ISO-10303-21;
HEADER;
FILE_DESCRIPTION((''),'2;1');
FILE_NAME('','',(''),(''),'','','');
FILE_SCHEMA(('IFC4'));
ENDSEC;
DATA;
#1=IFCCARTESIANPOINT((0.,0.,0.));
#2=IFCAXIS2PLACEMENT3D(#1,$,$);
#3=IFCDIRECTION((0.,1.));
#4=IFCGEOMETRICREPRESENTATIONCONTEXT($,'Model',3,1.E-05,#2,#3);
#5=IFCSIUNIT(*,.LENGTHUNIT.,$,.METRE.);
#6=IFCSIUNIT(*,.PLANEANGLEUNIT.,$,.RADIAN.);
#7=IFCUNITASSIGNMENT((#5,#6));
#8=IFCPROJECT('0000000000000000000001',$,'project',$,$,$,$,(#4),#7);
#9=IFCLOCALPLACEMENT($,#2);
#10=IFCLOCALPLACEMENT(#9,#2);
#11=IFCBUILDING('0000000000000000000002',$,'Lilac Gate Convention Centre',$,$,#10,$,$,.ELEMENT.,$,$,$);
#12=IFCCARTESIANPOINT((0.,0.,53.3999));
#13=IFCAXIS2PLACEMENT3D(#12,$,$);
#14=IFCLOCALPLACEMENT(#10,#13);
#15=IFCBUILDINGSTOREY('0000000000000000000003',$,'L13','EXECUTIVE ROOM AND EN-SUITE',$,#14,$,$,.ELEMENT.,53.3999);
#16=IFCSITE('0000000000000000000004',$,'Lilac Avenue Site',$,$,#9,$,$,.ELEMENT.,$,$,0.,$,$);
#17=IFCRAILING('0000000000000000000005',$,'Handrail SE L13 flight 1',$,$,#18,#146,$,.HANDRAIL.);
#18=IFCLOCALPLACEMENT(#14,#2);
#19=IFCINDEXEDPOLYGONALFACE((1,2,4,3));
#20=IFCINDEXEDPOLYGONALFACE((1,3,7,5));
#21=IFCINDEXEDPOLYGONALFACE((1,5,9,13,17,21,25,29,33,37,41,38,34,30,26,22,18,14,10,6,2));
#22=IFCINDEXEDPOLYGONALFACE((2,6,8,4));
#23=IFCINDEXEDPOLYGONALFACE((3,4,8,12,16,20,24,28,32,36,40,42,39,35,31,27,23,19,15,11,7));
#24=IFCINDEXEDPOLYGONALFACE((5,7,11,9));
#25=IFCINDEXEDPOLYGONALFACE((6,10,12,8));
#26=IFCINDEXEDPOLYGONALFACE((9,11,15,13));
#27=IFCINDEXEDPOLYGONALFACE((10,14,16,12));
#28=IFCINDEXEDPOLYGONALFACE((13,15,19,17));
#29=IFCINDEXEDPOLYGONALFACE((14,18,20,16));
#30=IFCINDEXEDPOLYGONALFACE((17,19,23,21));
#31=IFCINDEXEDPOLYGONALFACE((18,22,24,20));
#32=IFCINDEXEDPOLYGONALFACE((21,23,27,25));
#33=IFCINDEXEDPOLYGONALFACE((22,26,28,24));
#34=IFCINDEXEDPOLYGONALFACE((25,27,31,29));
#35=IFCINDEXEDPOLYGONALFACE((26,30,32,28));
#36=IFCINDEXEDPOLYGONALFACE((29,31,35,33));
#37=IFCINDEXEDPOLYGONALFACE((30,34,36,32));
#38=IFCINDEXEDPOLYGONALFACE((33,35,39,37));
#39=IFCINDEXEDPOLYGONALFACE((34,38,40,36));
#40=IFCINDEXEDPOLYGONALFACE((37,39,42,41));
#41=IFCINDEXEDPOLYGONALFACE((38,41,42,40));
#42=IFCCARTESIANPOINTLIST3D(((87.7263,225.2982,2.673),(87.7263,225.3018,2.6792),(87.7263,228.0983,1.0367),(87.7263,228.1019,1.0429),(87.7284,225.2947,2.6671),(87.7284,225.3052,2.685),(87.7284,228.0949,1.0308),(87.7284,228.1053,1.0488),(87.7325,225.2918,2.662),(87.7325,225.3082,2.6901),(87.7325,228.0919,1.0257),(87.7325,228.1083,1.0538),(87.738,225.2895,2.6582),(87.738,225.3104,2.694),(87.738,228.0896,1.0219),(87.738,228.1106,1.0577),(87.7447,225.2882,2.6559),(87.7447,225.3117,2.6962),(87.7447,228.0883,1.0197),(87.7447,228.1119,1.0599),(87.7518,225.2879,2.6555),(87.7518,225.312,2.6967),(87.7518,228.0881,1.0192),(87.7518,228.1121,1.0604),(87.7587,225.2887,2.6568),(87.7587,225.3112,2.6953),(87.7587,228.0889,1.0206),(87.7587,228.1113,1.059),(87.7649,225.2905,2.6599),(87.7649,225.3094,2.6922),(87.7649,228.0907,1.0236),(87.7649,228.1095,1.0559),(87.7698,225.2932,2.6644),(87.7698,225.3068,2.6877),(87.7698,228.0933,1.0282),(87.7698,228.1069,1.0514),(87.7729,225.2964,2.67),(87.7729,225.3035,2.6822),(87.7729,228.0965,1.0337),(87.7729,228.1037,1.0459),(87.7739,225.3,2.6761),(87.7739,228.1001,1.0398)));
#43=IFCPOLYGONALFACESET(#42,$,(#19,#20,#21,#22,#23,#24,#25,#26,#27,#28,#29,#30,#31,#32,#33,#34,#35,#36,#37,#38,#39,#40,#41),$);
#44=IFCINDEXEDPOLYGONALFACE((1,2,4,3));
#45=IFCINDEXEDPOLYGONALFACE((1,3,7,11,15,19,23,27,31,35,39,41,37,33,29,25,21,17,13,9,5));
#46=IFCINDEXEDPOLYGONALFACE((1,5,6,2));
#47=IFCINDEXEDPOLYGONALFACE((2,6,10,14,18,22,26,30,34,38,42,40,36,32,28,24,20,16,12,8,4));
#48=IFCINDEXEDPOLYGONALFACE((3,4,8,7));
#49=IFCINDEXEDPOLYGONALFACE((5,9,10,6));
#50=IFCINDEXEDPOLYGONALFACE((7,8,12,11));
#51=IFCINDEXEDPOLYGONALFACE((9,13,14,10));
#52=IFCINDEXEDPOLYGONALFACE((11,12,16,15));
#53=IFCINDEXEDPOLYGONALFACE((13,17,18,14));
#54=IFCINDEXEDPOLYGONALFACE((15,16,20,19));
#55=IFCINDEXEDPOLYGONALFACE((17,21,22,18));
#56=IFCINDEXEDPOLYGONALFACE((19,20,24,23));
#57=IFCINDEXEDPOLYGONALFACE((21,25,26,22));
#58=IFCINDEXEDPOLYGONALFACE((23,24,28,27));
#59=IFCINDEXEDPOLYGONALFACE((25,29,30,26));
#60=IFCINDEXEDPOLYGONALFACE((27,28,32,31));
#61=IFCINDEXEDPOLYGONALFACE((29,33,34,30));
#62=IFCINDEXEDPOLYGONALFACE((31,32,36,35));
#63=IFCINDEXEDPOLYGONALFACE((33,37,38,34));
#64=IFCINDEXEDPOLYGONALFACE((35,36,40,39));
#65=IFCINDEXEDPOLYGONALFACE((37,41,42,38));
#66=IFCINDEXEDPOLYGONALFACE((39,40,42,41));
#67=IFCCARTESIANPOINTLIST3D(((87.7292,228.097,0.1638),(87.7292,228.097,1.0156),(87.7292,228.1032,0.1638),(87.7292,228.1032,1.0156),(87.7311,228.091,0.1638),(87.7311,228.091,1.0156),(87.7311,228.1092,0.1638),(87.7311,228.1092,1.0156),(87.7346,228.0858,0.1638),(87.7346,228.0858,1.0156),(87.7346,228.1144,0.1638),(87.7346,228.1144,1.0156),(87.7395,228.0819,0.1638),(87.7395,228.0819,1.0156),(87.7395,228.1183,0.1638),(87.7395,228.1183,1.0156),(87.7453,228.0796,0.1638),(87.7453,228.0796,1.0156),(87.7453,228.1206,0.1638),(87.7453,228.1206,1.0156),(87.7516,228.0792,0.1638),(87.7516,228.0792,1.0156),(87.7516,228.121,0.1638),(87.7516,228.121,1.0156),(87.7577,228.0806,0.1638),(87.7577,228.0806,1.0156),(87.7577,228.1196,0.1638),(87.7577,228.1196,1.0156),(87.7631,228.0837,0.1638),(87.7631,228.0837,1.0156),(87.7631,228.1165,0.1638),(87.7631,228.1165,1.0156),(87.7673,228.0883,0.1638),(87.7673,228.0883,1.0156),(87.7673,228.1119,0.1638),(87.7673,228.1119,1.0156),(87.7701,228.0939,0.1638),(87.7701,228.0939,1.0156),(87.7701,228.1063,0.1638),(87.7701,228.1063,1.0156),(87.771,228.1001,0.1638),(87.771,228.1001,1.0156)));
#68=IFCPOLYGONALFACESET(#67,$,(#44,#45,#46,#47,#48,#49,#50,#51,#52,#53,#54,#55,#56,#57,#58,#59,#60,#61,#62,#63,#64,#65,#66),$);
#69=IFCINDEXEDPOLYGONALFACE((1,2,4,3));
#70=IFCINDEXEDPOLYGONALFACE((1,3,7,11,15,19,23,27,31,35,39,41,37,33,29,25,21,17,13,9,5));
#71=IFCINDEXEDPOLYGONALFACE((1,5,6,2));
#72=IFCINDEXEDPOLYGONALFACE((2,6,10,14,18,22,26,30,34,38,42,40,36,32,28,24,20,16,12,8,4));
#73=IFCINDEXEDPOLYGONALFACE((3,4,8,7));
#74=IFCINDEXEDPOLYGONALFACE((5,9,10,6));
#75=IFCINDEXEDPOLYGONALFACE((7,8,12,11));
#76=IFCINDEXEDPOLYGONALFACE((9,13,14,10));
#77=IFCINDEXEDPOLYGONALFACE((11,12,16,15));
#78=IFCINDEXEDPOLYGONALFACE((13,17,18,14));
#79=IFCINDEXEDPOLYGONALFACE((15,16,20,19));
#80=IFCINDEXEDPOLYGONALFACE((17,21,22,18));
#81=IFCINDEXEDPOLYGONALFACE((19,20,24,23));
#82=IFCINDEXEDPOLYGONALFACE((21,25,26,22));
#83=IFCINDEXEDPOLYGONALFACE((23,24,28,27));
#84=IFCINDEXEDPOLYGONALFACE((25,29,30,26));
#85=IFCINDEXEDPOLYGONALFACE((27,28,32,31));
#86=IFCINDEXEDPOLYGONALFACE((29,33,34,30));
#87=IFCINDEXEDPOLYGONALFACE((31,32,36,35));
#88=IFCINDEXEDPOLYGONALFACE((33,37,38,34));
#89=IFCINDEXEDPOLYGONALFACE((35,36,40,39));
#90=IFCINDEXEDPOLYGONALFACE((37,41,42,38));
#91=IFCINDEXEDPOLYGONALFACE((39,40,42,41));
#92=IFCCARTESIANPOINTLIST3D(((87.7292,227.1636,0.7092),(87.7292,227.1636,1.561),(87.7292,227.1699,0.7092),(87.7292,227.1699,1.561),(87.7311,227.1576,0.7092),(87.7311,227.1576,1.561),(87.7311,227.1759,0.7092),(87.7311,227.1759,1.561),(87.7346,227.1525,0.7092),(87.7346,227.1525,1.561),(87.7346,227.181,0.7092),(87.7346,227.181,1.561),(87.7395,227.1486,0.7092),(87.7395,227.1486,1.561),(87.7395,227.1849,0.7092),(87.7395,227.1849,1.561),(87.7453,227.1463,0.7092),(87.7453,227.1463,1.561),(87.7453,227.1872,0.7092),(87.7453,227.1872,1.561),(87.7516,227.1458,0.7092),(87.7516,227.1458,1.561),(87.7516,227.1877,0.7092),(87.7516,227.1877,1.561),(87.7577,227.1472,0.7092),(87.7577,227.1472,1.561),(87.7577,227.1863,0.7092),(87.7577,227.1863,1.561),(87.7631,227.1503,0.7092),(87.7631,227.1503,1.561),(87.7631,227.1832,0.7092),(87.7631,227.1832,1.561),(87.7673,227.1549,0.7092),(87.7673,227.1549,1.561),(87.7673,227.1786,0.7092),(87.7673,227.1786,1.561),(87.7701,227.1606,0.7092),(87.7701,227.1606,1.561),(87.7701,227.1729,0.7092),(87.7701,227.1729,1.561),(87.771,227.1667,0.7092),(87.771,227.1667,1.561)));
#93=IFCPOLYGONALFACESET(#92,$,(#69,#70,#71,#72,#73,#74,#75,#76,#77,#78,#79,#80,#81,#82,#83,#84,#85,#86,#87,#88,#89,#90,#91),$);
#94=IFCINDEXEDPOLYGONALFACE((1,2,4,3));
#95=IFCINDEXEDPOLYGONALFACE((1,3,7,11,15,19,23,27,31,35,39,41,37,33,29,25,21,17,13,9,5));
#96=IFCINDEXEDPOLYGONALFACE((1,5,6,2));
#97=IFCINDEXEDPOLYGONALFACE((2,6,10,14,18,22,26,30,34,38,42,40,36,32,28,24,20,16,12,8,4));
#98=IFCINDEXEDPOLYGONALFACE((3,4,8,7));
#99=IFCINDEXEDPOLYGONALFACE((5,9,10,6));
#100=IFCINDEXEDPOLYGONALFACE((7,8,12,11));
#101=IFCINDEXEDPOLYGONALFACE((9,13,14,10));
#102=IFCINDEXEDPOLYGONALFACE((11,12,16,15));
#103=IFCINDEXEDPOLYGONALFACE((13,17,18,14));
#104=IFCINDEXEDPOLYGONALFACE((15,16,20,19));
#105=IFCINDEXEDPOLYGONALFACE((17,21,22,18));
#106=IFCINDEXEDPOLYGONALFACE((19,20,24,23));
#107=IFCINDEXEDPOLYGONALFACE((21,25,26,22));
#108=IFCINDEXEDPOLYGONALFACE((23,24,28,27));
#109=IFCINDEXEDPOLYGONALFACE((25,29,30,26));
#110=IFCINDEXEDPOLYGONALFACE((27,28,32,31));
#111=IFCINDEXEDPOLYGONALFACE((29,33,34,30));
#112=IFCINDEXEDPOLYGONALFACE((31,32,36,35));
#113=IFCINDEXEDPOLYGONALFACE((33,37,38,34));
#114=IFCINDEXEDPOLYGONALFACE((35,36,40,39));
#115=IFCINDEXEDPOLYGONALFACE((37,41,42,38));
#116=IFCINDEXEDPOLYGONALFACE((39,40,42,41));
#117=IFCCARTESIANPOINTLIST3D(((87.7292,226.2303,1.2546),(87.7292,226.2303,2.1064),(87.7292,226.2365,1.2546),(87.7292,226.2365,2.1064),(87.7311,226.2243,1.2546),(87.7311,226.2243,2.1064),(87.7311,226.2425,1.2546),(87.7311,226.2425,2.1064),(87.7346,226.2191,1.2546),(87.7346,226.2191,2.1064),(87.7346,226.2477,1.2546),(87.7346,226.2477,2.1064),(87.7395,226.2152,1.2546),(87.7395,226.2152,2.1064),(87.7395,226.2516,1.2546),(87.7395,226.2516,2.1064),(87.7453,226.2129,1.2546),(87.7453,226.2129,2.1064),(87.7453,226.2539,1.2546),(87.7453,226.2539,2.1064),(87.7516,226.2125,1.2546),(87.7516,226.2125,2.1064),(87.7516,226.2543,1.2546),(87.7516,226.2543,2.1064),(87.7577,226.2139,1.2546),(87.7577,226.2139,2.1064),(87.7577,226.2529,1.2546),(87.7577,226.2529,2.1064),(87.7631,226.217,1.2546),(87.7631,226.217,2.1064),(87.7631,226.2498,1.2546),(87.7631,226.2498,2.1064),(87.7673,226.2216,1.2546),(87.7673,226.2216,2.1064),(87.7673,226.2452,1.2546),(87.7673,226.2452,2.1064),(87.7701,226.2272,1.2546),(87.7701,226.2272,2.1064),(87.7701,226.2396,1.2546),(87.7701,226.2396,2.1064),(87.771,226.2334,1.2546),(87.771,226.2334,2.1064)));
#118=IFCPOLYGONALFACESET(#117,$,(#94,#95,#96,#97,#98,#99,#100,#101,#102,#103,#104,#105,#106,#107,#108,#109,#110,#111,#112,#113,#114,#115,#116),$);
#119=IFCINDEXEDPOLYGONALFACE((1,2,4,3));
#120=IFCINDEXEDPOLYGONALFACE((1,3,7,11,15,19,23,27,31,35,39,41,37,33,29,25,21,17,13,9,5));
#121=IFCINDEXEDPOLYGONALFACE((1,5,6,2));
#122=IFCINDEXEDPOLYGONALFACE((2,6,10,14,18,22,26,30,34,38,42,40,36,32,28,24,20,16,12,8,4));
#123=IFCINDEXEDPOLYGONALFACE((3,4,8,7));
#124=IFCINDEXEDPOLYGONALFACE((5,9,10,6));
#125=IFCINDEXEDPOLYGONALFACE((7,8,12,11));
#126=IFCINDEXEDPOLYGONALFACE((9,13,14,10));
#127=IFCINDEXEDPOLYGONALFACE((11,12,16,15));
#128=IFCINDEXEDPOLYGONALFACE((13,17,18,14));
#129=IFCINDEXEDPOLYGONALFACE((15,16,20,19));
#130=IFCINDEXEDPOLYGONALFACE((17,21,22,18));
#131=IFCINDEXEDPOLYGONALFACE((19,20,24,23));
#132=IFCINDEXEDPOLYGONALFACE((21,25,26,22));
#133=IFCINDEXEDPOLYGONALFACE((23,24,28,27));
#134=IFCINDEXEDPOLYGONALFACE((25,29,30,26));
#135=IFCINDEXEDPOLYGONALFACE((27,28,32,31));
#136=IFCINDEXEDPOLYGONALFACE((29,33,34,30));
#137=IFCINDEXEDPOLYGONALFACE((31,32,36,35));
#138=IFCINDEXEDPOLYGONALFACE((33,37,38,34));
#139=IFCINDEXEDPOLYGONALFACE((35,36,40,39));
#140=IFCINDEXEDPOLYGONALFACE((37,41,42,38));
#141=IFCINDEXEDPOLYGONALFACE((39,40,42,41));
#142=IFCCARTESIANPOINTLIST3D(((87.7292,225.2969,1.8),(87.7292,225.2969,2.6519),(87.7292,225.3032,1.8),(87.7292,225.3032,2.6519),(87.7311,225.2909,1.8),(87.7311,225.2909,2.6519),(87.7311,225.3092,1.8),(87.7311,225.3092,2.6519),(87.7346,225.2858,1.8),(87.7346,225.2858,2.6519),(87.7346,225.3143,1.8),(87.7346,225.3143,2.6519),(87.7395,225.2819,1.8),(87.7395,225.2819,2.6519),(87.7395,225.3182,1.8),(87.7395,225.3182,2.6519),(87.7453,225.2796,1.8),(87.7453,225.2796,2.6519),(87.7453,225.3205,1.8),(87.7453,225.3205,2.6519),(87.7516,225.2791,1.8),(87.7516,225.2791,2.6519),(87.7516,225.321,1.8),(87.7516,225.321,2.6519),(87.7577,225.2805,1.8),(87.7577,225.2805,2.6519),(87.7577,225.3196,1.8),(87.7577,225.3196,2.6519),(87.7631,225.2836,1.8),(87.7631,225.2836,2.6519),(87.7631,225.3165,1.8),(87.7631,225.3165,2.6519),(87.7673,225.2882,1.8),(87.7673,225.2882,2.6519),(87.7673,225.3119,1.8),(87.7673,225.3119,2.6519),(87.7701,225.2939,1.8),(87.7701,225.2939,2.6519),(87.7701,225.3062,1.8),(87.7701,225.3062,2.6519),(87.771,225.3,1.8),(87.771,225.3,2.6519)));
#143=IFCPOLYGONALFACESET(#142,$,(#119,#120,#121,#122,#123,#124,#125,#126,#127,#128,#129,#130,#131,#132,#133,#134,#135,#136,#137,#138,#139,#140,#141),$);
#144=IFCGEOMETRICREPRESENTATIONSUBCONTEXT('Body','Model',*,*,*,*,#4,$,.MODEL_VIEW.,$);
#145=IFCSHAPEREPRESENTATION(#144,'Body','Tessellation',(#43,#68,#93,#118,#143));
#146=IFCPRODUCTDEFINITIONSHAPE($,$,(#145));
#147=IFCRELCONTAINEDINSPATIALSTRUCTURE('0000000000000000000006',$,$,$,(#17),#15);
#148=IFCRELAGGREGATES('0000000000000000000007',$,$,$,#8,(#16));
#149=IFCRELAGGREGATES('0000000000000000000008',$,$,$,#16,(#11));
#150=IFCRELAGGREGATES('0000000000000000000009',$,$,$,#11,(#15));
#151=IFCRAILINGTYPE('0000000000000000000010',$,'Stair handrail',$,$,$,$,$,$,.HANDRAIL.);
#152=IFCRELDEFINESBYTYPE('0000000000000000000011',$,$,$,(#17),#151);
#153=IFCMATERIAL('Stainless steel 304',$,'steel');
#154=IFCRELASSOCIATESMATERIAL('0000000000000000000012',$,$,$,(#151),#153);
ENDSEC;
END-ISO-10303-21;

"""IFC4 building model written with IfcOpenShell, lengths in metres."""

from ifc_helpers import new_model, si_unit, direction, frame, origin, origin_2d, place, context, subcontext, project, spatial, circle, extrude, material, type_object, element, save


model = new_model("IFC4")

# Units and contexts
model_context = context("Model", 3, precision=1e-05, world=origin(), true_north=direction((0.0, 1.0)))
body_context = subcontext(model_context, "Body", "Model", "MODEL_VIEW")
ifc_project = project(units=[si_unit("LENGTHUNIT", "METRE"), si_unit("PLANEANGLEUNIT", "RADIAN")], contexts=[model_context])

# Site, building, storey
site_placement = place(None, origin())
site = spatial("IfcSite", under=ifc_project, at=site_placement, Name="Lilac Avenue Site", CompositionType="ELEMENT", RefElevation=0.0)
building_placement = place(site_placement, origin())
building = spatial("IfcBuilding", under=site, at=building_placement, Name="Lilac Gate Convention Centre", CompositionType="ELEMENT")
storey_placement = place(building_placement, frame((0.0, 0.0, 53.3999)))
storey = spatial("IfcBuildingStorey", under=building, at=storey_placement, Name="L13", Description="EXECUTIVE ROOM AND EN-SUITE", CompositionType="ELEMENT", Elevation=53.3999)

# Railing
ifc_material_1 = material(Name="Stainless steel 304", Category="steel")
railing_type = type_object("IfcRailingType", Name="Stair handrail", PredefinedType="HANDRAIL", material=ifc_material_1)
for number, where, name in (
    (1, (87.75, 228.1001, 0.1638), "Handrail SE L13 flight 1"),
):
    element("IfcRailing", number, at=place(storey_placement, frame(where)), inside=storey, type_object=railing_type, Name=name, PredefinedType="HANDRAIL", context=body_context, shape_type="SweptSolid", body=[
        extrude(circle(Radius=0.0239, at=origin_2d()), frame((0.0, 0.0, 0.876), z_axis=(0.0, -0.863394, 0.504531), x_axis=(1.0, 0.0, 0.0)), (0.0, 0.0, 1.0), 3.2432),
        extrude(circle(Radius=0.021, at=origin_2d()), origin(), (0.0, 0.0, 1.0), 0.8518),
        extrude(circle(Radius=0.021, at=origin_2d()), frame((0.0, -0.9333, 0.5454)), (0.0, 0.0, 1.0), 0.8518),
        extrude(circle(Radius=0.021, at=origin_2d()), frame((0.0, -1.8667, 1.0908)), (0.0, 0.0, 1.0), 0.8518),
        extrude(circle(Radius=0.021, at=origin_2d()), frame((0.0, -2.8, 1.6362)), (0.0, 0.0, 1.0), 0.8518),
    ])

save(model, "model.ifc")
